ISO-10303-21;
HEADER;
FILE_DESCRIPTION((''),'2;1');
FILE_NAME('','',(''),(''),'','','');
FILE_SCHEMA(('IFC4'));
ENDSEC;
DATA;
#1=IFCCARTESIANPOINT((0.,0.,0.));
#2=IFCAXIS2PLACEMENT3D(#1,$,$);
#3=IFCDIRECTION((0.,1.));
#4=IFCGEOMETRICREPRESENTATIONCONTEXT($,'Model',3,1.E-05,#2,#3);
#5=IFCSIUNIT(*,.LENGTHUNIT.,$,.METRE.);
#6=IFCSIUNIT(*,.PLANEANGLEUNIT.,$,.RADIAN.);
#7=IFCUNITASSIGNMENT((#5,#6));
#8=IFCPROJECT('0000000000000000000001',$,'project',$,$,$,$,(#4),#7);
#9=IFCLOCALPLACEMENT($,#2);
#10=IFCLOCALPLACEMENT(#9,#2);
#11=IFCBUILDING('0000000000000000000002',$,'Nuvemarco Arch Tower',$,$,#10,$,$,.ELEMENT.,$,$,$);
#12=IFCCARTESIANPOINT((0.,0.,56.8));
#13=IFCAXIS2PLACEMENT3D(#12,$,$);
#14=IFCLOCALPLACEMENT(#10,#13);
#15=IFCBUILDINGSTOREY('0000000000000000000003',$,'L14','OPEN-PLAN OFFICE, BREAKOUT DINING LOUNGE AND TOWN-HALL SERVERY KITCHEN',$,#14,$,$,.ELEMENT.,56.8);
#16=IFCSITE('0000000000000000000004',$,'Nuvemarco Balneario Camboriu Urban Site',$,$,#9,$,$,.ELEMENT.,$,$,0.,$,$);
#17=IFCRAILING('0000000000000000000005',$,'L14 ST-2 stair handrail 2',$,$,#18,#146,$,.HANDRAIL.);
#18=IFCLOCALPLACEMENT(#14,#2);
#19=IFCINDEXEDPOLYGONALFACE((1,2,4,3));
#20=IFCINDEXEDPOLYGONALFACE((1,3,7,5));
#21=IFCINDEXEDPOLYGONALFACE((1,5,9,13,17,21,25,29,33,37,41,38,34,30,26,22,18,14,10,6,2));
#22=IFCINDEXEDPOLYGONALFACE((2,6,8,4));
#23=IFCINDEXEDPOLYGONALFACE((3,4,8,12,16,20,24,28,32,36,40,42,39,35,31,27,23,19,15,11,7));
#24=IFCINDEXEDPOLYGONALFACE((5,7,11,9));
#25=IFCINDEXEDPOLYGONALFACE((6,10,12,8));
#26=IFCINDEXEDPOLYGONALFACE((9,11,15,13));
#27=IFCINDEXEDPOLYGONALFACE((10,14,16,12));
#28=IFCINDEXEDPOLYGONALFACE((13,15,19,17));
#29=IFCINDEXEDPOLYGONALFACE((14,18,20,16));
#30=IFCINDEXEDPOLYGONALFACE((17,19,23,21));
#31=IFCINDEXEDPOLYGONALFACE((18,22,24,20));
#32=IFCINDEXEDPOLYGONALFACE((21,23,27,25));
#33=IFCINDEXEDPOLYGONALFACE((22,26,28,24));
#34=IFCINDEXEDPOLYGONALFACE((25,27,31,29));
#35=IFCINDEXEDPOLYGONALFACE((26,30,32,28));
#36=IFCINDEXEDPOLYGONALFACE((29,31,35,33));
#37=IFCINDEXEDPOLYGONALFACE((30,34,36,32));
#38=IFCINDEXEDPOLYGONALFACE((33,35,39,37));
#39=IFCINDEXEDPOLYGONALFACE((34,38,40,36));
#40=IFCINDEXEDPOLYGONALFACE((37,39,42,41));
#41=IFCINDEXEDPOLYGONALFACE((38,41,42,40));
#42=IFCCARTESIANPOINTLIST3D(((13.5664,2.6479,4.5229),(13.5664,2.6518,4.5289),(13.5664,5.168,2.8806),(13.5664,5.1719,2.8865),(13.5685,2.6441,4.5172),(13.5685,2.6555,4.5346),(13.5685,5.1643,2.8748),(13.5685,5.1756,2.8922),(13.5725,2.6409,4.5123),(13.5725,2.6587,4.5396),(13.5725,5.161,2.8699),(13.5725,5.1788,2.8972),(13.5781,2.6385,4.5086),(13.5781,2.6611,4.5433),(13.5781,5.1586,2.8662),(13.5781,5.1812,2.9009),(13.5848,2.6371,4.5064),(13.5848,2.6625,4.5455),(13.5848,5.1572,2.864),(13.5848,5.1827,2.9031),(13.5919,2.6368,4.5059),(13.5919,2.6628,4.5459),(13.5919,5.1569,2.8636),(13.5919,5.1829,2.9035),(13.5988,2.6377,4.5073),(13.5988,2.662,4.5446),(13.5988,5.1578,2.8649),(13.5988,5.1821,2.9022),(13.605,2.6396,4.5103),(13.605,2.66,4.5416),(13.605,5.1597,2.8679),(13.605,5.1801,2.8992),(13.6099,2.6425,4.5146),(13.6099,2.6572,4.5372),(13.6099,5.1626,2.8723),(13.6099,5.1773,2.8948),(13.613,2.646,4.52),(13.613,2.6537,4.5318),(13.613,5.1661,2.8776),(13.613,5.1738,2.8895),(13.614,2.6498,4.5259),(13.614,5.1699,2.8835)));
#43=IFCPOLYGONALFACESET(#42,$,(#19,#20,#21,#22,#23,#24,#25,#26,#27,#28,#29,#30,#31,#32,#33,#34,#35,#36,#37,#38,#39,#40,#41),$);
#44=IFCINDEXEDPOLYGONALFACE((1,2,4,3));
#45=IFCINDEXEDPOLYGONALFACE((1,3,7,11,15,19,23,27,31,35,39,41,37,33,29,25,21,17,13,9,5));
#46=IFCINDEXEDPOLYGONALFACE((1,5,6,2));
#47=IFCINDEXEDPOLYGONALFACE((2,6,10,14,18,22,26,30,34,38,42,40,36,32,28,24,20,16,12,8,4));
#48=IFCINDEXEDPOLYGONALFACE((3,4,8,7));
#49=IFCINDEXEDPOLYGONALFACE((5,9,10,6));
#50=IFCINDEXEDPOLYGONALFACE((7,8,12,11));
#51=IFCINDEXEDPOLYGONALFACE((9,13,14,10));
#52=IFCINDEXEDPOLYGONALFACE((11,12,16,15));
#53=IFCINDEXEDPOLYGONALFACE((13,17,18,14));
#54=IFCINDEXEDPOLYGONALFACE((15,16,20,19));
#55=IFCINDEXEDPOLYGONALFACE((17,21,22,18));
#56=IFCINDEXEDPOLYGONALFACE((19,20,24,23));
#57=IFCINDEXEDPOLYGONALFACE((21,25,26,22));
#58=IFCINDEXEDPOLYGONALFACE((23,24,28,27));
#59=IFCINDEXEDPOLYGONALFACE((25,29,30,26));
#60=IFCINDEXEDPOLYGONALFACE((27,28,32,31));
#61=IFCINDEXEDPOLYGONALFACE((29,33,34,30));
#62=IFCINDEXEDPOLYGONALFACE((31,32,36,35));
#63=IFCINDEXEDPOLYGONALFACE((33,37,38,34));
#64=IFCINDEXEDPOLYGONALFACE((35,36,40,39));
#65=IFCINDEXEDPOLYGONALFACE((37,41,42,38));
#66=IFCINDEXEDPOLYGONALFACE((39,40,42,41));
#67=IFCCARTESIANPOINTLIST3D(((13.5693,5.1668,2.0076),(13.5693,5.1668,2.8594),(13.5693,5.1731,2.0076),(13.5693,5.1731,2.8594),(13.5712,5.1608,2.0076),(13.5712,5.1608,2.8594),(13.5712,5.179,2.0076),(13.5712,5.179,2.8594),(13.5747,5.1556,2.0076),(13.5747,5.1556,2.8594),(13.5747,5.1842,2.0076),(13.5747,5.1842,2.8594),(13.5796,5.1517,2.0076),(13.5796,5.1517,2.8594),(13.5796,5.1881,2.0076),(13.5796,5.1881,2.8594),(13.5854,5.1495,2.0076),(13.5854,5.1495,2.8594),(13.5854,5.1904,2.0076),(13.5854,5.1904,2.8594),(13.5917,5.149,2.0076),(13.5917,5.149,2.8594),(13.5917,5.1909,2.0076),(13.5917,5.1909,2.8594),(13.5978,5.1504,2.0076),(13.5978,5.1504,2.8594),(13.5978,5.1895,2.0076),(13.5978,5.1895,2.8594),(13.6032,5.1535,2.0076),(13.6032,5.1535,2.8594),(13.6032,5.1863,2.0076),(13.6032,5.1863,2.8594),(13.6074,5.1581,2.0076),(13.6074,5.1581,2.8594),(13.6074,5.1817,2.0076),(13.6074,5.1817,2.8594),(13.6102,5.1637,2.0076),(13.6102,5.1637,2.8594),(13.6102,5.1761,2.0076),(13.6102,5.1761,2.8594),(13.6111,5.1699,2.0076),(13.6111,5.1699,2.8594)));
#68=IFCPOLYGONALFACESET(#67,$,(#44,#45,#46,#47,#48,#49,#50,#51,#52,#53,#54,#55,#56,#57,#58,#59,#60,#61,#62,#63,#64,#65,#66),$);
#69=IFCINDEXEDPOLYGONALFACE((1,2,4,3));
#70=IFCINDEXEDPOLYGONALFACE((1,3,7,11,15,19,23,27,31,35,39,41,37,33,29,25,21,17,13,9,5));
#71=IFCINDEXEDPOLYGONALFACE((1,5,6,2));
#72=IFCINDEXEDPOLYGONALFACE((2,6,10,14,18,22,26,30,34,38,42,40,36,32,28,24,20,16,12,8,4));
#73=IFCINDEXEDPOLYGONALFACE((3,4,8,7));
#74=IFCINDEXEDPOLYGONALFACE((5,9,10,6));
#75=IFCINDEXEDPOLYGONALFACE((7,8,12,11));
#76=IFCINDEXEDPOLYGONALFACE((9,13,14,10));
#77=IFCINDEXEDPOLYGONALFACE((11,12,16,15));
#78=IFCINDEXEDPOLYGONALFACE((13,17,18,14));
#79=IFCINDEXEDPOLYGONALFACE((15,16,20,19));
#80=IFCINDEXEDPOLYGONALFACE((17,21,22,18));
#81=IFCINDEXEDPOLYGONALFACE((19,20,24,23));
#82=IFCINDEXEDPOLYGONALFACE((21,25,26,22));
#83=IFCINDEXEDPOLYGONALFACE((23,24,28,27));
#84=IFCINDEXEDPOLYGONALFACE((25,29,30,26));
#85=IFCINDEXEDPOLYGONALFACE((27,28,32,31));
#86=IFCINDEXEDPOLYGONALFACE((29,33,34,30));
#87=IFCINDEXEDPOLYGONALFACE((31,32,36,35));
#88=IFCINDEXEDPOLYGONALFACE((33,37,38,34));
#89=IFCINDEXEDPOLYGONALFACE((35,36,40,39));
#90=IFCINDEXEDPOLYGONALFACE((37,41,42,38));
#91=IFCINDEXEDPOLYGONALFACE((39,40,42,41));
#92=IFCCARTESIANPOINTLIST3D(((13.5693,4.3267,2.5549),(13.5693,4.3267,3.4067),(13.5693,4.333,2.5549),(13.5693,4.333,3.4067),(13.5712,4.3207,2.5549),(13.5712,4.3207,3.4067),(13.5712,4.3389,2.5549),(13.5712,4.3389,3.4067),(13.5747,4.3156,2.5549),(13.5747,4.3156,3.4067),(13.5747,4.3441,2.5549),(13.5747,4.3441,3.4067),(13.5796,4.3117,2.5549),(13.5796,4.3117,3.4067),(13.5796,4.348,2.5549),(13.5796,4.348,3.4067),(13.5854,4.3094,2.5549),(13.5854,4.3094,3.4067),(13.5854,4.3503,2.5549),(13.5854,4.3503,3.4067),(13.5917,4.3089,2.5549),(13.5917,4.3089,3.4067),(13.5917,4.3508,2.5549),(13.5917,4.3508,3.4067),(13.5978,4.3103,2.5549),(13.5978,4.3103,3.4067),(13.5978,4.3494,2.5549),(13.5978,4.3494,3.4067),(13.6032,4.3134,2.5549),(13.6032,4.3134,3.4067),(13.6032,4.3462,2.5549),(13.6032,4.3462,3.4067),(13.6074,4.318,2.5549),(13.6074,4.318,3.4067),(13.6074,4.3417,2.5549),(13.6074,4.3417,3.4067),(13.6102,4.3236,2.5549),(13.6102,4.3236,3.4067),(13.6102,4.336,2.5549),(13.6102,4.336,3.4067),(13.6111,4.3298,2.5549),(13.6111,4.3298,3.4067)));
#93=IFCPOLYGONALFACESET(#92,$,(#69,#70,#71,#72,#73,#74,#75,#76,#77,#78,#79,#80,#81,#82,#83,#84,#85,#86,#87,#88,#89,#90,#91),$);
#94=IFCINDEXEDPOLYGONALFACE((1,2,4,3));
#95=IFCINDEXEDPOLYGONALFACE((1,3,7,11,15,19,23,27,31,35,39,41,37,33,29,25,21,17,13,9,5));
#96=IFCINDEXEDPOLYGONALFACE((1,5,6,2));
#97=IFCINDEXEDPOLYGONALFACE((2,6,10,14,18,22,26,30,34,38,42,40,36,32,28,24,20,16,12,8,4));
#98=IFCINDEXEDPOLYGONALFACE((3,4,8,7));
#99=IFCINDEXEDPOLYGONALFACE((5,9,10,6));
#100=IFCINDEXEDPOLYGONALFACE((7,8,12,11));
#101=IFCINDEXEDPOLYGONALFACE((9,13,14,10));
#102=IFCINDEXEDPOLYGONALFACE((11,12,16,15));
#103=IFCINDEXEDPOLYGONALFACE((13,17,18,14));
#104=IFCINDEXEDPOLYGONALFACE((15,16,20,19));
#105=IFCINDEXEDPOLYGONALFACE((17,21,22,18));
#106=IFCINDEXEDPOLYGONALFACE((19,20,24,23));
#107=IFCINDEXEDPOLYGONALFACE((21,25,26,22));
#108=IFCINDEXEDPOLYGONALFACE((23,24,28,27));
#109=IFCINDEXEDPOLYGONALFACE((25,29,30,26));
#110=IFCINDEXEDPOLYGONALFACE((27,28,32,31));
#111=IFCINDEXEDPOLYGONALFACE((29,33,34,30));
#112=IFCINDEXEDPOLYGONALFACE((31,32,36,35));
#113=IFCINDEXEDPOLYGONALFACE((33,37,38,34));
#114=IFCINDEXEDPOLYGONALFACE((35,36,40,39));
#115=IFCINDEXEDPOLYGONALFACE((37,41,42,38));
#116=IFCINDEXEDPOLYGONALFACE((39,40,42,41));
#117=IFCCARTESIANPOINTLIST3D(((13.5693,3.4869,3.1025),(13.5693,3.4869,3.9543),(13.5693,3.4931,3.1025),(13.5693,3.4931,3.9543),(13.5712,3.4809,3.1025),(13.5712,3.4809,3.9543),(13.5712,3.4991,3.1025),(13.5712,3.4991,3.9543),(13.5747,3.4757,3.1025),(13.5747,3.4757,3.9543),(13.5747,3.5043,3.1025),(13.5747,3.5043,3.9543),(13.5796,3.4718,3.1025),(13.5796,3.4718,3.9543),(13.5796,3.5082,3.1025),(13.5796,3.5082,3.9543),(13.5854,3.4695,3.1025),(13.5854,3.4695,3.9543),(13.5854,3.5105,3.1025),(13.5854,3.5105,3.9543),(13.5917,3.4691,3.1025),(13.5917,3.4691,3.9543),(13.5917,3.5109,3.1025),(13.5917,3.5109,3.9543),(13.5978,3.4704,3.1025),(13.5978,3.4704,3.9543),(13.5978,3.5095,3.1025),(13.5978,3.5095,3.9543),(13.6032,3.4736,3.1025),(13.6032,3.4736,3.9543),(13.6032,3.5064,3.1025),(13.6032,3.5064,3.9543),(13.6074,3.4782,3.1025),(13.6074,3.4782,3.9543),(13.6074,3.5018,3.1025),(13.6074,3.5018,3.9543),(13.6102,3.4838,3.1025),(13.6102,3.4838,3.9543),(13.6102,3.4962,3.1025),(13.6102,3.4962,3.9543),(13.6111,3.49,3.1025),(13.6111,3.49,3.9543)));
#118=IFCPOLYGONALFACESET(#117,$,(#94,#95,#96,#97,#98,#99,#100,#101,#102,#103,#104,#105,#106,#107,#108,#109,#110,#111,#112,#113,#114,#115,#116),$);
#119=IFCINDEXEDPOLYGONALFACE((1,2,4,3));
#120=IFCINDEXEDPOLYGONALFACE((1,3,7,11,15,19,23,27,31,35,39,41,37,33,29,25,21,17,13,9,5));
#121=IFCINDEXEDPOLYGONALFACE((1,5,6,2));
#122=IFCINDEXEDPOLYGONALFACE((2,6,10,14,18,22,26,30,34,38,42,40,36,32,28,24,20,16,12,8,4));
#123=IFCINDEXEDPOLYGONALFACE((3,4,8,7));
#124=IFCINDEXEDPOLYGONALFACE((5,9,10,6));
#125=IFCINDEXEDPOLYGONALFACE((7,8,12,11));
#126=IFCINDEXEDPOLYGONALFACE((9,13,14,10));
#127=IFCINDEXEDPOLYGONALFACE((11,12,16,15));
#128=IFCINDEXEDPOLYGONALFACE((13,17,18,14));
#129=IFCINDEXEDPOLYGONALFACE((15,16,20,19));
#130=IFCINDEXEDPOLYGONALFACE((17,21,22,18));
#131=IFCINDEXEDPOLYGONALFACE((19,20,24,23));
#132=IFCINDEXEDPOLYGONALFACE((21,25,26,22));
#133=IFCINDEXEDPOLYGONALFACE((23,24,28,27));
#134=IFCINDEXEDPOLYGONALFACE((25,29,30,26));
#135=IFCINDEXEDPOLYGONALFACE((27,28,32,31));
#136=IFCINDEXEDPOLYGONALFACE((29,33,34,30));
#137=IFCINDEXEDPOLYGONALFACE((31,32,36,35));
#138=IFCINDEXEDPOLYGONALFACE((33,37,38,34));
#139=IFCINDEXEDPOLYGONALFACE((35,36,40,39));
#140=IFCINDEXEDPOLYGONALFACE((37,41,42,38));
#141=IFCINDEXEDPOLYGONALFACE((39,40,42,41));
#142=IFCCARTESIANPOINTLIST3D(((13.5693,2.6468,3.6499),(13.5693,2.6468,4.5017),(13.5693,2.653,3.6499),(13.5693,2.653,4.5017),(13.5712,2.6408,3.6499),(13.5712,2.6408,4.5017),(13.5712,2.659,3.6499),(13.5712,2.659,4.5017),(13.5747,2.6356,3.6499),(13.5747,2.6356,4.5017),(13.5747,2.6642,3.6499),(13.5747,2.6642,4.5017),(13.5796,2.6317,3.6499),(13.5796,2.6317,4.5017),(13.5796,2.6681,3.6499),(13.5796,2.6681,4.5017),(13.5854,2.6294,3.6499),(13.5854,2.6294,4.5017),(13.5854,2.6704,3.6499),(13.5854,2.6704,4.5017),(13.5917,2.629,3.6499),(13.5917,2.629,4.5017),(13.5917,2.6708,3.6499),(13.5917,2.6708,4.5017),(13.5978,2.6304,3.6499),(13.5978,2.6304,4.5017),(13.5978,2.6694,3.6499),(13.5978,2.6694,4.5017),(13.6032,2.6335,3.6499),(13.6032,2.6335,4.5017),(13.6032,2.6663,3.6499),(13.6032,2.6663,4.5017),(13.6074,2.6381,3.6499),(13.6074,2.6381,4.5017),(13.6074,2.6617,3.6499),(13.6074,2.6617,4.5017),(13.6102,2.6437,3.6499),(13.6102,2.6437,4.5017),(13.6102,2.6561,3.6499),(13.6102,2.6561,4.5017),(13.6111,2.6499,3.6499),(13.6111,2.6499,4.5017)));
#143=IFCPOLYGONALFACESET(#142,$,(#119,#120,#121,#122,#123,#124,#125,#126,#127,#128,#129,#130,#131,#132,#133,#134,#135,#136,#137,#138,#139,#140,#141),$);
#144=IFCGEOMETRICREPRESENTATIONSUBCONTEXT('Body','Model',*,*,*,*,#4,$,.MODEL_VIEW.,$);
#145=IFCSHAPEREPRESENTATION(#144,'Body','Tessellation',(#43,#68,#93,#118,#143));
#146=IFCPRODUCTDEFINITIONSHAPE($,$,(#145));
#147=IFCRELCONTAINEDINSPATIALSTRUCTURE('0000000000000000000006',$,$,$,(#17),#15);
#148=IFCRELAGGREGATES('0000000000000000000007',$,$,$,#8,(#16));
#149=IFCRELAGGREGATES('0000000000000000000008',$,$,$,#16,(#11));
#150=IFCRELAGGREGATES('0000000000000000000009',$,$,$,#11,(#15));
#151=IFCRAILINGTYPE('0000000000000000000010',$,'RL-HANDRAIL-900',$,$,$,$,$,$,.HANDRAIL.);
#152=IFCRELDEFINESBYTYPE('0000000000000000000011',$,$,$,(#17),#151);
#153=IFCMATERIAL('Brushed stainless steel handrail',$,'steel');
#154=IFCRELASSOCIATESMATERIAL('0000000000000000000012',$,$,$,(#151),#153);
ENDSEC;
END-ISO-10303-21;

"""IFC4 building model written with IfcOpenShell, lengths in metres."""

from ifc_helpers import new_model, si_unit, direction, frame, origin, origin_2d, place, context, subcontext, project, spatial, circle, extrude, material, type_object, element, save


model = new_model("IFC4")

# Units and contexts
model_context = context("Model", 3, precision=1e-05, world=origin(), true_north=direction((0.0, 1.0)))
body_context = subcontext(model_context, "Body", "Model", "MODEL_VIEW")
ifc_project = project(units=[si_unit("LENGTHUNIT", "METRE"), si_unit("PLANEANGLEUNIT", "RADIAN")], contexts=[model_context])

# Site, building, storey
site_placement = place(None, origin())
site = spatial("IfcSite", under=ifc_project, at=site_placement, Name="Nuvemarco Balneario Camboriu Urban Site", CompositionType="ELEMENT", RefElevation=0.0)
building_placement = place(site_placement, origin())
building = spatial("IfcBuilding", under=site, at=building_placement, Name="Nuvemarco Arch Tower", CompositionType="ELEMENT")
storey_placement = place(building_placement, frame((0.0, 0.0, 56.8)))
storey = spatial("IfcBuildingStorey", under=building, at=storey_placement, Name="L14", Description="OPEN-PLAN OFFICE, BREAKOUT DINING LOUNGE AND TOWN-HALL SERVERY KITCHEN", CompositionType="ELEMENT", Elevation=56.8)

# Railing
ifc_material_1 = material(Name="Brushed stainless steel handrail", Category="steel")
railing_type_1 = type_object("IfcRailingType", Name="RL-HANDRAIL-900", PredefinedType="HANDRAIL", material=ifc_material_1)
railing_1_placement = place(storey_placement, frame((13.5901, 5.1699, 2.0076)))
element("IfcRailing", 1, at=railing_1_placement, inside=storey, type_object=railing_type_1, Name="L14 ST-2 stair handrail 2", PredefinedType="HANDRAIL", context=body_context, shape_type="SweptSolid", body=[
    extrude(circle(Radius=0.0239, at=origin_2d()), frame((0.0, 0.0, 0.876), z_axis=(0.0, -0.837787, 0.545998), x_axis=(1.0, 0.0, 0.0)), (0.0, 0.0, 1.0), 3.0081),
    extrude(circle(Radius=0.021, at=origin_2d()), origin(), (0.0, 0.0, 1.0), 0.8518),
    extrude(circle(Radius=0.021, at=origin_2d()), frame((0.0, -0.8401, 0.5474)), (0.0, 0.0, 1.0), 0.8518),
    extrude(circle(Radius=0.021, at=origin_2d()), frame((0.0, -1.6799, 1.095)), (0.0, 0.0, 1.0), 0.8518),
    extrude(circle(Radius=0.021, at=origin_2d()), frame((0.0, -2.52, 1.6423)), (0.0, 0.0, 1.0), 0.8518),
])

save(model, "model.ifc")
